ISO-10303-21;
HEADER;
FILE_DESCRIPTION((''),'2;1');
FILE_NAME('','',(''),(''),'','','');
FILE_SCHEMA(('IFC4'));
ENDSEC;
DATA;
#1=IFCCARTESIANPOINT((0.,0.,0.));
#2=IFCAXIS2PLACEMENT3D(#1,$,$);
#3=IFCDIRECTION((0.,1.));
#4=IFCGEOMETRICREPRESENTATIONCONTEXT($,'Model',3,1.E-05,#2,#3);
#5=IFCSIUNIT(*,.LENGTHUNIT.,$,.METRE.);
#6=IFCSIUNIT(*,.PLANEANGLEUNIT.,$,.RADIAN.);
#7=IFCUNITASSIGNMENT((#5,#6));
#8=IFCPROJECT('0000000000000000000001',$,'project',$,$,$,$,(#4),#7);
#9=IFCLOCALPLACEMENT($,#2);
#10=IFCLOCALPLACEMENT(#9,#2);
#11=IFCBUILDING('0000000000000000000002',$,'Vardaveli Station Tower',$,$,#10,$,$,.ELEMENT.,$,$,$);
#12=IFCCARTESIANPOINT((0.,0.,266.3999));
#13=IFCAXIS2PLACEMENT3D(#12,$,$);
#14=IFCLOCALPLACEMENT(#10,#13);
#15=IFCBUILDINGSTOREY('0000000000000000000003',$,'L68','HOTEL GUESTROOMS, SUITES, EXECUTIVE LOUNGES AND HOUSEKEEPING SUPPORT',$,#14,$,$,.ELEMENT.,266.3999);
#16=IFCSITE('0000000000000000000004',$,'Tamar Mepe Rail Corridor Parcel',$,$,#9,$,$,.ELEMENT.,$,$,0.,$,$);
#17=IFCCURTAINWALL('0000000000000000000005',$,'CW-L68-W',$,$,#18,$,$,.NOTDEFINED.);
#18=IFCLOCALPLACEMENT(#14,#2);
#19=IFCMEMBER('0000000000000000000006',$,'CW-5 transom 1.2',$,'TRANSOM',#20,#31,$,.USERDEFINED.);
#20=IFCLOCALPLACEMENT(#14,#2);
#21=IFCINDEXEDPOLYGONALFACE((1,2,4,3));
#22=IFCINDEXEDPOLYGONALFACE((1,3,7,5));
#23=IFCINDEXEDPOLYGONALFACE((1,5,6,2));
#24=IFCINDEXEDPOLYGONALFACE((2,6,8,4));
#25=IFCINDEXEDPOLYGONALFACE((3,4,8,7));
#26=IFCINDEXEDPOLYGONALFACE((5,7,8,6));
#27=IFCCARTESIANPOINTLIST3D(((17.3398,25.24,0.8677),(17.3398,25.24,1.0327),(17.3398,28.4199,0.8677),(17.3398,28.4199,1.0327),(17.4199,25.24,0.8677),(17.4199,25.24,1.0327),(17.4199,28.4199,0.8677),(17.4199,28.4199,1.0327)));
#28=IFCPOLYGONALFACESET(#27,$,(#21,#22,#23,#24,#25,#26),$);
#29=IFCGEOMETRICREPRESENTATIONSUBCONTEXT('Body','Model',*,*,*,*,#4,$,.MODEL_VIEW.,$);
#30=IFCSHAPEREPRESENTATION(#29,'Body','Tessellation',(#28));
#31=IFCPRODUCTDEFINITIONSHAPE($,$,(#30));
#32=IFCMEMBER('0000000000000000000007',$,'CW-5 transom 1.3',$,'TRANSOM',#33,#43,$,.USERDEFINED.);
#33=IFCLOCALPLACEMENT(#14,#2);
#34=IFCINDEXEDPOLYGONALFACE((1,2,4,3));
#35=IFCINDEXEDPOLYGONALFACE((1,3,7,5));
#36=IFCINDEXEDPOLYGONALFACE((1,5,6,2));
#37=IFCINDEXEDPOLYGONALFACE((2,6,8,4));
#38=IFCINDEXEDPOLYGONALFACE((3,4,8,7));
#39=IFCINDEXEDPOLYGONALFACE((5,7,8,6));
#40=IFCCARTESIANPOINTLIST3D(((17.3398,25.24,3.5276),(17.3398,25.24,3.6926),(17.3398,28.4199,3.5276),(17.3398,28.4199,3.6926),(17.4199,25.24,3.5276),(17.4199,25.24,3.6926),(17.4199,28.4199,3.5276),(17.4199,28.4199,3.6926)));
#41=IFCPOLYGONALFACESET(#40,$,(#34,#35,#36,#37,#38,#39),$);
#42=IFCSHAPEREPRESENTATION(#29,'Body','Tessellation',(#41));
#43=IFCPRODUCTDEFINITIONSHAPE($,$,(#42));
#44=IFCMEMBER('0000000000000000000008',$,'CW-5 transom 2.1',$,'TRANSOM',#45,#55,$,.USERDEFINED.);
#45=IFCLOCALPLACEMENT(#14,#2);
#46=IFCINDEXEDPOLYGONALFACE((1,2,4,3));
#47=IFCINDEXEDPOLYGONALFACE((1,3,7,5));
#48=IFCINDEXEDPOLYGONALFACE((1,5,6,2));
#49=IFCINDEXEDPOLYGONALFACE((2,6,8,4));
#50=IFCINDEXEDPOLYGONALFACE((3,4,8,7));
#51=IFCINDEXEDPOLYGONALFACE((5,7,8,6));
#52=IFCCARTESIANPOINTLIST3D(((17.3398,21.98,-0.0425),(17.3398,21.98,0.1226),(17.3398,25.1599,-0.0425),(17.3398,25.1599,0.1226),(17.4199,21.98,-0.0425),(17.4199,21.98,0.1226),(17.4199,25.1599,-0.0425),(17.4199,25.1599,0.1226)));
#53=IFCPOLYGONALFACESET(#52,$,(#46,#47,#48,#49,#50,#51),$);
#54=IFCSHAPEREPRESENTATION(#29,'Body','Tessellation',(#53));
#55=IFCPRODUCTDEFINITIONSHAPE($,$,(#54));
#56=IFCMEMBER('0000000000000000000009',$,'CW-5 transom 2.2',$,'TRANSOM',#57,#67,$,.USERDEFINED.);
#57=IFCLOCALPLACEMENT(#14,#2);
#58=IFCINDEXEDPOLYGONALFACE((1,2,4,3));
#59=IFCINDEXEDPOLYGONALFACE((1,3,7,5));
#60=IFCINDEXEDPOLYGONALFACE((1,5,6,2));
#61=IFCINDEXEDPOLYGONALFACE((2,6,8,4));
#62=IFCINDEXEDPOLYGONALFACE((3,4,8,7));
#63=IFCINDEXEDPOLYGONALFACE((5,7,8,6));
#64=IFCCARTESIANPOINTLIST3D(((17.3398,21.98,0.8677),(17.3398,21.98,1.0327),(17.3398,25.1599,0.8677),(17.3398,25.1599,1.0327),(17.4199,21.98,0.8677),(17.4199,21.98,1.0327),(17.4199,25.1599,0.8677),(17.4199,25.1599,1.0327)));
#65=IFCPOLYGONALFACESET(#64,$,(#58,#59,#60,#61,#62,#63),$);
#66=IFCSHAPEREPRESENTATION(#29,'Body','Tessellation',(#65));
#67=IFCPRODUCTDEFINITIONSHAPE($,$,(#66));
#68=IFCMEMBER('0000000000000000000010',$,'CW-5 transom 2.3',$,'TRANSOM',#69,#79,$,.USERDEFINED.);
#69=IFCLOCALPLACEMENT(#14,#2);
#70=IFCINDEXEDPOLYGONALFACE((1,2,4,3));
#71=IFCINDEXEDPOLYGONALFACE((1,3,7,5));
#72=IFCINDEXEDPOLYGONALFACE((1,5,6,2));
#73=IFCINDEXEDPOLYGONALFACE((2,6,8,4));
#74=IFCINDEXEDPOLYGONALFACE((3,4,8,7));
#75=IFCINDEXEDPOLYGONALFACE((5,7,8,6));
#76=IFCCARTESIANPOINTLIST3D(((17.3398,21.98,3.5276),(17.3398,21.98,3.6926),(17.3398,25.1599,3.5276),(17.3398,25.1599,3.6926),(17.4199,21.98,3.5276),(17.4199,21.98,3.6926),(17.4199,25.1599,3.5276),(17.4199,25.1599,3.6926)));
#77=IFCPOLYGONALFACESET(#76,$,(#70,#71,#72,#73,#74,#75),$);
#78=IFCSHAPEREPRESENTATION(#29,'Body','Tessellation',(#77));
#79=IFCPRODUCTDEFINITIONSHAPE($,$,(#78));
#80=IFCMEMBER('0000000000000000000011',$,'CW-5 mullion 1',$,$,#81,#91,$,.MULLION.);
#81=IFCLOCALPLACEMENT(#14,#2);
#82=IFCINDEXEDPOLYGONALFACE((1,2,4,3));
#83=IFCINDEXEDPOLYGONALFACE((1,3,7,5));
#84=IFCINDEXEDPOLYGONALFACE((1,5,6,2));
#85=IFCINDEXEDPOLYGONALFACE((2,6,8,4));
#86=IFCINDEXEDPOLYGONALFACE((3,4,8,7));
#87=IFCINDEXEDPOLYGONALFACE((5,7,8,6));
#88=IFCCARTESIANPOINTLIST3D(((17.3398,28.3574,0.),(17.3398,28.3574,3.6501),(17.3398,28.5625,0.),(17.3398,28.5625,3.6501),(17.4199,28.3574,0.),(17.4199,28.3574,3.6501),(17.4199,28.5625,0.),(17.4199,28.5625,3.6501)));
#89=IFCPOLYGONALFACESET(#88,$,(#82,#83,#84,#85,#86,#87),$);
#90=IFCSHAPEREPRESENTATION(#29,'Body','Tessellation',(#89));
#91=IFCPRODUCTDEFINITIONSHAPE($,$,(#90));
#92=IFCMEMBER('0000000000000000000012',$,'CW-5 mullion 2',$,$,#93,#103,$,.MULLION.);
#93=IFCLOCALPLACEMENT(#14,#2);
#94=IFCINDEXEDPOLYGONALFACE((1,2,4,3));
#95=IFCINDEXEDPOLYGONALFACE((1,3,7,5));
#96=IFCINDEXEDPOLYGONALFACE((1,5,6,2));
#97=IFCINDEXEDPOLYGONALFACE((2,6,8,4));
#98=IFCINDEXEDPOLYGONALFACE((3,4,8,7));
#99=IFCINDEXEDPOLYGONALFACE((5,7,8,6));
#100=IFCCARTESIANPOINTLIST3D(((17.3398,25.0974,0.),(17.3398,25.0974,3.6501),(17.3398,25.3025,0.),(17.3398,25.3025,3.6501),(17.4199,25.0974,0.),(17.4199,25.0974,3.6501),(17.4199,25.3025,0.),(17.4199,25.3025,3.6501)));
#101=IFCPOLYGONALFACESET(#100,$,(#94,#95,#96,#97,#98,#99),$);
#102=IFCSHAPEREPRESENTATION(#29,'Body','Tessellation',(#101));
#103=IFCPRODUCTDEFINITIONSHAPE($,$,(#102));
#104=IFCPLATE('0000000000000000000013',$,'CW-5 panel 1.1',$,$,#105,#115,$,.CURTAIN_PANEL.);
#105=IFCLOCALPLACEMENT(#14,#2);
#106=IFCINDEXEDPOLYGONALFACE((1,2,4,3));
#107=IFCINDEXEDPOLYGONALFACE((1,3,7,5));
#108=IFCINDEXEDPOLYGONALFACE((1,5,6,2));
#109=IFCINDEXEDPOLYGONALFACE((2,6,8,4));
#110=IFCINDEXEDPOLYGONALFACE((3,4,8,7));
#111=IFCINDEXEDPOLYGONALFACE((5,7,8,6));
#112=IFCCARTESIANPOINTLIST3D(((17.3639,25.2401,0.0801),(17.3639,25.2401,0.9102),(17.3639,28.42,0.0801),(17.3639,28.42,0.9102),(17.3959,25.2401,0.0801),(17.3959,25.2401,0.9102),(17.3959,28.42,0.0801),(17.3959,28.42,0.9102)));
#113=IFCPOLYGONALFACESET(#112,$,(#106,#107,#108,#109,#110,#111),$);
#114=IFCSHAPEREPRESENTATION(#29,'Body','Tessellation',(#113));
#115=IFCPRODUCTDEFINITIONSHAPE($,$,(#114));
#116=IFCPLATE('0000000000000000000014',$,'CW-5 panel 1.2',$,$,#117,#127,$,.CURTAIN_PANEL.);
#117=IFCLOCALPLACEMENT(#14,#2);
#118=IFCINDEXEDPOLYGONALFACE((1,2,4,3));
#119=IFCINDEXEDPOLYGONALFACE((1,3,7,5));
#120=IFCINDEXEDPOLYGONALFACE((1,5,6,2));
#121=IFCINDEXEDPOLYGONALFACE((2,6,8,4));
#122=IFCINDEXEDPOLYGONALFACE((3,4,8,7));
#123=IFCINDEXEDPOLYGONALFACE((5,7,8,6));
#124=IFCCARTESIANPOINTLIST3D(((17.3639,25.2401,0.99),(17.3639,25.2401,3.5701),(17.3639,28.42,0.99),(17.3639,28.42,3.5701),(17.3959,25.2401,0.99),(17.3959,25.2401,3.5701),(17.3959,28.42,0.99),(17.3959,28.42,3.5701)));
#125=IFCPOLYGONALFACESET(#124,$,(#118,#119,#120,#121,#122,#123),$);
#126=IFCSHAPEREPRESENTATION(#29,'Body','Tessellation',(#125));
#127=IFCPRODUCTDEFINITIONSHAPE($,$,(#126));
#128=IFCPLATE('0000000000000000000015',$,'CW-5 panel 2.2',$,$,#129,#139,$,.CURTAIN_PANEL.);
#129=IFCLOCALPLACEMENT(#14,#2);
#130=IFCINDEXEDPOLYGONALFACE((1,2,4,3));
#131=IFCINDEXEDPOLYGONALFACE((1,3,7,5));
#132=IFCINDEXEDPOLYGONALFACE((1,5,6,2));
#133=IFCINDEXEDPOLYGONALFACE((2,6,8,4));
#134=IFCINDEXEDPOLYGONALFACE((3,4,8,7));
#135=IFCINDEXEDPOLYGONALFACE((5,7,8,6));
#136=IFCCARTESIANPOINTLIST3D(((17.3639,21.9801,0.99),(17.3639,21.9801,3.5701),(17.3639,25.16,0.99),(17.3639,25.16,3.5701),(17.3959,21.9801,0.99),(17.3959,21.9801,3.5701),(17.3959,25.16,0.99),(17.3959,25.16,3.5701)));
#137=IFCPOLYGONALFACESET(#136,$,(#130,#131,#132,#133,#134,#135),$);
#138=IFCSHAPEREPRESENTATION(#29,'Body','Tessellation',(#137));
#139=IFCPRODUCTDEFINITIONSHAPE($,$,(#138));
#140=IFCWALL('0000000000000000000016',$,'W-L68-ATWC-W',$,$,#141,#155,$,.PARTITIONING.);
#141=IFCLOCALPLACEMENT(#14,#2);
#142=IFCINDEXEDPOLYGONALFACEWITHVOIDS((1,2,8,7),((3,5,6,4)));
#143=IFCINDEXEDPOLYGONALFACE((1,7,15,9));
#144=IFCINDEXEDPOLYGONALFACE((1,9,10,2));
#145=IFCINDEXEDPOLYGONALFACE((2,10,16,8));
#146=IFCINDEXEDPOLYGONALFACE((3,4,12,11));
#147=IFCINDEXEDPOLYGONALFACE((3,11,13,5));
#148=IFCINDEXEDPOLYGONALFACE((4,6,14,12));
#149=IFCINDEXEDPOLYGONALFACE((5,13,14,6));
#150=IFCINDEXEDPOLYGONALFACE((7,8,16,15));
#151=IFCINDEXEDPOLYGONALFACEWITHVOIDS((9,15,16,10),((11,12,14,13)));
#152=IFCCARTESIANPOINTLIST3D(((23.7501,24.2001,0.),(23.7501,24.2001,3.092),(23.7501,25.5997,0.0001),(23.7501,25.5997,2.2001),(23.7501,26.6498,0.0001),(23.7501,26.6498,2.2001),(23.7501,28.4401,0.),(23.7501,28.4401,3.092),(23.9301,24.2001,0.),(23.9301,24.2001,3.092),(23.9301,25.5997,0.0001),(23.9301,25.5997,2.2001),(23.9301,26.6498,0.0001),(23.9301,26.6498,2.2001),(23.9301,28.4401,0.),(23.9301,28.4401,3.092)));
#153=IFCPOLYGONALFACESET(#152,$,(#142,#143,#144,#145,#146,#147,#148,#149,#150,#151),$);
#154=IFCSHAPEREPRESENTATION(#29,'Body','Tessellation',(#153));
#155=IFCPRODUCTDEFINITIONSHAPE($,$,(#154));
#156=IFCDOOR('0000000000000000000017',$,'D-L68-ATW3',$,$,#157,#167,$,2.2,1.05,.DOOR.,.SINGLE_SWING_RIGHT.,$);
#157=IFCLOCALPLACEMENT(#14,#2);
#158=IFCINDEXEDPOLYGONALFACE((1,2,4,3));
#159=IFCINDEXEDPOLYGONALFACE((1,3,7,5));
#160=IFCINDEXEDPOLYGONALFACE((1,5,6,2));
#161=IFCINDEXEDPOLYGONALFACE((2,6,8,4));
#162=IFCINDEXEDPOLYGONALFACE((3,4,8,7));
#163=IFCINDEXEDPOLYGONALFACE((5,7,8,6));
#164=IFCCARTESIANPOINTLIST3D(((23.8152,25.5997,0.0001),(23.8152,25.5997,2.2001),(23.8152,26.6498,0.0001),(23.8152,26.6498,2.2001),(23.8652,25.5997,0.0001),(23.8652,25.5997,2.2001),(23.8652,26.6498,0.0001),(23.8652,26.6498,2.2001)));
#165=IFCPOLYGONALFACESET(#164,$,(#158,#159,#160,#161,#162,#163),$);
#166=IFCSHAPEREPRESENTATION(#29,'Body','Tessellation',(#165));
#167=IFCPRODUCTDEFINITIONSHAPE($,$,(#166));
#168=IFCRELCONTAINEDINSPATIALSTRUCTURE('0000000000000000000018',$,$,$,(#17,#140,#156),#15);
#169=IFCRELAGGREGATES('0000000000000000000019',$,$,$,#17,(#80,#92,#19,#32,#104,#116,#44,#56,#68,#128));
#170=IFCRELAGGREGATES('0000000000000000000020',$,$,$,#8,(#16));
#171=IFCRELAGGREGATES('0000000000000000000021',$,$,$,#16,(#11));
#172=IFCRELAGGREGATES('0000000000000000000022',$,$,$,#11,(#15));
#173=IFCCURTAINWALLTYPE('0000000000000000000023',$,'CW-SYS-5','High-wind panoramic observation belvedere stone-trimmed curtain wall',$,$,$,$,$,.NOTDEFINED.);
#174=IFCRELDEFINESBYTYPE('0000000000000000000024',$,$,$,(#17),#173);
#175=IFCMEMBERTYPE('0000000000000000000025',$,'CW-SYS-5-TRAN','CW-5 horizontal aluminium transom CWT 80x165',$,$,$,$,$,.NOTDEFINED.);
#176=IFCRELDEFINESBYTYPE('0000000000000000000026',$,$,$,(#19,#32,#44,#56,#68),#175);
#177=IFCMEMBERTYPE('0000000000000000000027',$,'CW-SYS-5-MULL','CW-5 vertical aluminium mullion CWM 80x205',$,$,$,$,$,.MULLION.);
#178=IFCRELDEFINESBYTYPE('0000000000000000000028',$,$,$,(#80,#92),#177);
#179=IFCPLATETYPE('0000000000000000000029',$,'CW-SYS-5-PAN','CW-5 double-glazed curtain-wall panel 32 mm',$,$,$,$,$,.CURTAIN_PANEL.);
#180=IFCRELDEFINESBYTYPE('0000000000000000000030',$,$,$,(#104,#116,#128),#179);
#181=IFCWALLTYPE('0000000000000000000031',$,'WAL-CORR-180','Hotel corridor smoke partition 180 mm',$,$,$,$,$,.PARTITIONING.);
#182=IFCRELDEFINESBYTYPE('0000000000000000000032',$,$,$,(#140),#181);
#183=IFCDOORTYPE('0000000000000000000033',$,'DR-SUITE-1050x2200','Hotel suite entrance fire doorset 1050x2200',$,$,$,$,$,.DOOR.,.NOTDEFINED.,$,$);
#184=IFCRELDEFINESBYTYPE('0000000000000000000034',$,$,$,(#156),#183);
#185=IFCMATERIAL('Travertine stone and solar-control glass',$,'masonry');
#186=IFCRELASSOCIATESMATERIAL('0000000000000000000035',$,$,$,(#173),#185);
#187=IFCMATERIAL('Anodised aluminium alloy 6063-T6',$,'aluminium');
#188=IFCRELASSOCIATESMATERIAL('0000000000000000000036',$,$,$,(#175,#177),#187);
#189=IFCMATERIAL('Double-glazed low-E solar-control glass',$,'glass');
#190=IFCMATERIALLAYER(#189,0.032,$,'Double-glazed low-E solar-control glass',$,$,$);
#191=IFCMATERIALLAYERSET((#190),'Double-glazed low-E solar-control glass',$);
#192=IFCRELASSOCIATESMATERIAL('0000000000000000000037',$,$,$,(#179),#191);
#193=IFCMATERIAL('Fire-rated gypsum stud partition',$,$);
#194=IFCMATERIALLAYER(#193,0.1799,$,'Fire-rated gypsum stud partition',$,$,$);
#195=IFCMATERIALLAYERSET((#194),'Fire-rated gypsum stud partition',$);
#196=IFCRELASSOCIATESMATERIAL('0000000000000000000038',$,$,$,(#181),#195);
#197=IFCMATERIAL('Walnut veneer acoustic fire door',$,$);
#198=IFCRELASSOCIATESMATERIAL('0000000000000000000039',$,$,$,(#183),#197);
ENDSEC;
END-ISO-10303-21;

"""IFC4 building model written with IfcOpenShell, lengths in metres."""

from ifc_helpers import new_model, si_unit, direction, frame, frame_2d, origin, origin_2d, place, context, subcontext, project, spatial, rectangle, extrude, source, transform, mapped, material, layer, layer_set, material_profile, profile_set, type_object, element, fill, aggregate, save


model = new_model("IFC4")

# Units and contexts
model_context = context("Model", 3, precision=1e-05, world=origin(), true_north=direction((0.0, 1.0)))
body_context = subcontext(model_context, "Body", "Model", "MODEL_VIEW")
ifc_project = project(units=[si_unit("LENGTHUNIT", "METRE"), si_unit("PLANEANGLEUNIT", "RADIAN")], contexts=[model_context])

# Site, building, storey
site_placement = place(None, origin())
site = spatial("IfcSite", under=ifc_project, at=site_placement, Name="Tamar Mepe Rail Corridor Parcel", CompositionType="ELEMENT", RefElevation=0.0)
building_placement = place(site_placement, origin())
building = spatial("IfcBuilding", under=site, at=building_placement, Name="Vardaveli Station Tower", CompositionType="ELEMENT")
storey_placement = place(building_placement, frame((0.0, 0.0, 266.3999)))
storey = spatial("IfcBuildingStorey", under=building, at=storey_placement, Name="L68", Description="HOTEL GUESTROOMS, SUITES, EXECUTIVE LOUNGES AND HOUSEKEEPING SUPPORT", CompositionType="ELEMENT", Elevation=266.3999)

# Curtain wall, members, plates
ifc_material_1 = material(Name="Travertine stone and solar-control glass", Category="masonry")
curtain_wall_type = type_object("IfcCurtainWallType", Name="CW-SYS-5", Description="High-wind panoramic observation belvedere stone-trimmed curtain wall", PredefinedType="NOTDEFINED", material=ifc_material_1)
curtain_wall_placement = place(storey_placement, origin())
curtain_wall = element("IfcCurtainWall", 1, at=curtain_wall_placement, inside=storey, type_object=curtain_wall_type, Name="CW-L68-W", PredefinedType="NOTDEFINED")
ifc_material_2 = material(Name="Anodised aluminium alloy 6063-T6", Category="aluminium")
ifc_material_profile_1 = material_profile(ifc_material_2, rectangle(XDim=0.0801, YDim=0.165, at=origin_2d()), Name="CWT 80x165")
ifc_profile_set_1 = profile_set([ifc_material_profile_1], Name="Anodised aluminium alloy 6063-T6")
member_type_1 = type_object("IfcMemberType", Name="CW-SYS-5-TRAN", Description="CW-5 horizontal aluminium transom CWT 80x165", PredefinedType="NOTDEFINED", material=ifc_profile_set_1)
shared_shape_1 = source(origin(), body_context, "Body", "SweptSolid", [
    extrude(rectangle(XDim=0.0801, YDim=0.165, at=origin_2d()), origin(), (0.0, 0.0, 1.0), 3.1799),
])
member_1_placement = place(storey_placement, frame((17.3799, 28.4199, 0.9502), z_axis=(0.0, -1.0, 0.0), x_axis=(1.0, 0.0, 0.0)))
member_1 = element("IfcMember", 2, at=member_1_placement, type_object=member_type_1, Name="CW-5 transom 1.2", ObjectType="TRANSOM", PredefinedType="USERDEFINED", context=body_context, shape_type="MappedRepresentation", body=[
    mapped(shared_shape_1, transform((0.0, 0.0, 0.0), scale=1.0)),
])
member_2_placement = place(storey_placement, frame((17.3799, 28.4199, 3.6101), z_axis=(0.0, -1.0, 0.0), x_axis=(1.0, 0.0, 0.0)))
member_2 = element("IfcMember", 3, at=member_2_placement, type_object=member_type_1, Name="CW-5 transom 1.3", ObjectType="TRANSOM", PredefinedType="USERDEFINED", context=body_context, shape_type="MappedRepresentation", body=[
    mapped(shared_shape_1, transform((0.0, 0.0, 0.0), scale=1.0)),
])
member_3_placement = place(storey_placement, frame((17.3799, 25.1599, 0.04), z_axis=(0.0, -1.0, 0.0), x_axis=(1.0, 0.0, 0.0)))
member_3 = element("IfcMember", 4, at=member_3_placement, type_object=member_type_1, Name="CW-5 transom 2.1", ObjectType="TRANSOM", PredefinedType="USERDEFINED", context=body_context, shape_type="MappedRepresentation", body=[
    mapped(shared_shape_1, transform((0.0, 0.0, 0.0), scale=1.0)),
])
member_4_placement = place(storey_placement, frame((17.3799, 25.1599, 0.9502), z_axis=(0.0, -1.0, 0.0), x_axis=(1.0, 0.0, 0.0)))
member_4 = element("IfcMember", 5, at=member_4_placement, type_object=member_type_1, Name="CW-5 transom 2.2", ObjectType="TRANSOM", PredefinedType="USERDEFINED", context=body_context, shape_type="MappedRepresentation", body=[
    mapped(shared_shape_1, transform((0.0, 0.0, 0.0), scale=1.0)),
])
member_5_placement = place(storey_placement, frame((17.3799, 25.1599, 3.6101), z_axis=(0.0, -1.0, 0.0), x_axis=(1.0, 0.0, 0.0)))
member_5 = element("IfcMember", 6, at=member_5_placement, type_object=member_type_1, Name="CW-5 transom 2.3", ObjectType="TRANSOM", PredefinedType="USERDEFINED", context=body_context, shape_type="MappedRepresentation", body=[
    mapped(shared_shape_1, transform((0.0, 0.0, 0.0), scale=1.0)),
])
ifc_material_profile_2 = material_profile(ifc_material_2, rectangle(XDim=0.0801, YDim=0.2051, at=origin_2d()), Name="CWM 80x205")
ifc_profile_set_2 = profile_set([ifc_material_profile_2], Name="Anodised aluminium alloy 6063-T6")
member_type_2 = type_object("IfcMemberType", Name="CW-SYS-5-MULL", Description="CW-5 vertical aluminium mullion CWM 80x205", PredefinedType="MULLION", material=ifc_profile_set_2)
shared_shape_2 = source(origin(), body_context, "Body", "SweptSolid", [
    extrude(rectangle(XDim=0.0801, YDim=0.2051, at=origin_2d()), origin(), (0.0, 0.0, 1.0), 3.6501),
])
member_6_placement = place(storey_placement, frame((17.3799, 28.46, 0.0), z_axis=(0.0, 0.0, 1.0), x_axis=(1.0, 0.0, 0.0)))
member_6 = element("IfcMember", 7, at=member_6_placement, type_object=member_type_2, Name="CW-5 mullion 1", PredefinedType="MULLION", context=body_context, shape_type="MappedRepresentation", body=[
    mapped(shared_shape_2, transform((0.0, 0.0, 0.0), scale=1.0)),
])
member_7_placement = place(storey_placement, frame((17.3799, 25.2, 0.0), z_axis=(0.0, 0.0, 1.0), x_axis=(1.0, 0.0, 0.0)))
member_7 = element("IfcMember", 8, at=member_7_placement, type_object=member_type_2, Name="CW-5 mullion 2", PredefinedType="MULLION", context=body_context, shape_type="MappedRepresentation", body=[
    mapped(shared_shape_2, transform((0.0, 0.0, 0.0), scale=1.0)),
])
ifc_material_3 = material(Name="Double-glazed low-E solar-control glass", Category="glass")
ifc_layer_1 = layer(ifc_material_3, 0.032, Name="Double-glazed low-E solar-control glass")
ifc_layer_set_1 = layer_set([ifc_layer_1], Name="Double-glazed low-E solar-control glass")
plate_type = type_object("IfcPlateType", Name="CW-SYS-5-PAN", Description="CW-5 double-glazed curtain-wall panel 32 mm", PredefinedType="CURTAIN_PANEL", material=ifc_layer_set_1)
shared_shape_3 = source(origin(), body_context, "Body", "SweptSolid", [
    extrude(rectangle(XDim=3.1799, YDim=0.032, at=origin_2d()), origin(), (0.0, 0.0, 1.0), 0.8301),
])
plate_1_placement = place(storey_placement, frame((17.3799, 26.8301, 0.0801), z_axis=(0.0, 0.0, 1.0), x_axis=(0.0, -1.0, 0.0)))
plate_1 = element("IfcPlate", 9, at=plate_1_placement, type_object=plate_type, Name="CW-5 panel 1.1", PredefinedType="CURTAIN_PANEL", context=body_context, shape_type="MappedRepresentation", body=[
    mapped(shared_shape_3, transform((0.0, 0.0, 0.0), scale=1.0)),
])
shared_shape_4 = source(origin(), body_context, "Body", "SweptSolid", [
    extrude(rectangle(XDim=3.1799, YDim=0.032, at=origin_2d()), origin(), (0.0, 0.0, 1.0), 2.5801),
])
plate_2_placement = place(storey_placement, frame((17.3799, 26.8301, 0.99), z_axis=(0.0, 0.0, 1.0), x_axis=(0.0, -1.0, 0.0)))
plate_2 = element("IfcPlate", 10, at=plate_2_placement, type_object=plate_type, Name="CW-5 panel 1.2", PredefinedType="CURTAIN_PANEL", context=body_context, shape_type="MappedRepresentation", body=[
    mapped(shared_shape_4, transform((0.0, 0.0, 0.0), scale=1.0)),
])
plate_3_placement = place(storey_placement, frame((17.3799, 23.5701, 0.99), z_axis=(0.0, 0.0, 1.0), x_axis=(0.0, -1.0, 0.0)))
plate_3 = element("IfcPlate", 11, at=plate_3_placement, type_object=plate_type, Name="CW-5 panel 2.2", PredefinedType="CURTAIN_PANEL", context=body_context, shape_type="MappedRepresentation", body=[
    mapped(shared_shape_4, transform((0.0, 0.0, 0.0), scale=1.0)),
])
aggregate(curtain_wall, [member_6, member_7, member_1, member_2, plate_1, plate_2, member_3, member_4, member_5, plate_3])

# Wall, opening, door
ifc_material_4 = material(Name="Fire-rated gypsum stud partition")
ifc_layer_2 = layer(ifc_material_4, 0.1799, Name="Fire-rated gypsum stud partition")
ifc_layer_set_2 = layer_set([ifc_layer_2], Name="Fire-rated gypsum stud partition")
wall_type = type_object("IfcWallType", Name="WAL-CORR-180", Description="Hotel corridor smoke partition 180 mm", PredefinedType="PARTITIONING", material=ifc_layer_set_2)
shared_shape_5 = source(origin(), body_context, "Body", "SweptSolid", [
    extrude(rectangle(XDim=4.24, YDim=0.1799, at=frame_2d((2.1201, 0.0))), origin(), (0.0, 0.0, 1.0), 3.092),
])
wall_1_placement = place(storey_placement, frame((23.8401, 24.2, 0.0), z_axis=(0.0, 0.0, 1.0), x_axis=(0.0, 1.0, 0.0)))
wall_1 = element("IfcWall", 12, at=wall_1_placement, inside=storey, type_object=wall_type, Name="W-L68-ATWC-W", PredefinedType="PARTITIONING", context=body_context, shape_type="MappedRepresentation", body=[
    mapped(shared_shape_5, transform((0.0, 0.0, 0.0), scale=1.0)),
])
shared_shape_6 = source(origin(), body_context, "Body", "SweptSolid", [
    extrude(rectangle(XDim=1.05, YDim=2.2, at=frame_2d((0.5249, 1.1001))), frame((0.0, 0.1001, 0.0), z_axis=(0.0, -1.0, 0.0), x_axis=(1.0, 0.0, 0.0)), (0.0, 0.0, 1.0), 0.2),
])
opening_1_placement = place(wall_1_placement, frame((1.3999, 0.0, 0.0)))
opening_1 = element("IfcOpeningElement", 13, at=opening_1_placement, cuts=wall_1, PredefinedType="OPENING", context=body_context, shape_type="MappedRepresentation", body=[
    mapped(shared_shape_6, transform((0.0, 0.0, 0.0), scale=1.0)),
])
ifc_material_5 = material(Name="Walnut veneer acoustic fire door")
door_type = type_object("IfcDoorType", Name="DR-SUITE-1050x2200", Description="Hotel suite entrance fire doorset 1050x2200", OperationType="NOTDEFINED", PredefinedType="DOOR", material=ifc_material_5)
shared_shape_7 = source(origin(), body_context, "Body", "SweptSolid", [
    extrude(rectangle(XDim=1.05, YDim=2.2, at=frame_2d((0.5249, 1.1001))), frame((0.0, 0.0249, 0.0), z_axis=(0.0, -1.0, 0.0), x_axis=(1.0, 0.0, 0.0)), (0.0, 0.0, 1.0), 0.05),
])
door_1_placement = place(opening_1_placement, origin())
door_1 = element("IfcDoor", 14, at=door_1_placement, inside=storey, type_object=door_type, Name="D-L68-ATW3", OperationType="SINGLE_SWING_RIGHT", OverallHeight=2.2, OverallWidth=1.05, PredefinedType="DOOR", context=body_context, shape_type="MappedRepresentation", body=[
    mapped(shared_shape_7, transform((0.0, 0.0, 0.0), scale=1.0)),
])
fill(opening_1, door_1)

save(model, "model.ifc")
